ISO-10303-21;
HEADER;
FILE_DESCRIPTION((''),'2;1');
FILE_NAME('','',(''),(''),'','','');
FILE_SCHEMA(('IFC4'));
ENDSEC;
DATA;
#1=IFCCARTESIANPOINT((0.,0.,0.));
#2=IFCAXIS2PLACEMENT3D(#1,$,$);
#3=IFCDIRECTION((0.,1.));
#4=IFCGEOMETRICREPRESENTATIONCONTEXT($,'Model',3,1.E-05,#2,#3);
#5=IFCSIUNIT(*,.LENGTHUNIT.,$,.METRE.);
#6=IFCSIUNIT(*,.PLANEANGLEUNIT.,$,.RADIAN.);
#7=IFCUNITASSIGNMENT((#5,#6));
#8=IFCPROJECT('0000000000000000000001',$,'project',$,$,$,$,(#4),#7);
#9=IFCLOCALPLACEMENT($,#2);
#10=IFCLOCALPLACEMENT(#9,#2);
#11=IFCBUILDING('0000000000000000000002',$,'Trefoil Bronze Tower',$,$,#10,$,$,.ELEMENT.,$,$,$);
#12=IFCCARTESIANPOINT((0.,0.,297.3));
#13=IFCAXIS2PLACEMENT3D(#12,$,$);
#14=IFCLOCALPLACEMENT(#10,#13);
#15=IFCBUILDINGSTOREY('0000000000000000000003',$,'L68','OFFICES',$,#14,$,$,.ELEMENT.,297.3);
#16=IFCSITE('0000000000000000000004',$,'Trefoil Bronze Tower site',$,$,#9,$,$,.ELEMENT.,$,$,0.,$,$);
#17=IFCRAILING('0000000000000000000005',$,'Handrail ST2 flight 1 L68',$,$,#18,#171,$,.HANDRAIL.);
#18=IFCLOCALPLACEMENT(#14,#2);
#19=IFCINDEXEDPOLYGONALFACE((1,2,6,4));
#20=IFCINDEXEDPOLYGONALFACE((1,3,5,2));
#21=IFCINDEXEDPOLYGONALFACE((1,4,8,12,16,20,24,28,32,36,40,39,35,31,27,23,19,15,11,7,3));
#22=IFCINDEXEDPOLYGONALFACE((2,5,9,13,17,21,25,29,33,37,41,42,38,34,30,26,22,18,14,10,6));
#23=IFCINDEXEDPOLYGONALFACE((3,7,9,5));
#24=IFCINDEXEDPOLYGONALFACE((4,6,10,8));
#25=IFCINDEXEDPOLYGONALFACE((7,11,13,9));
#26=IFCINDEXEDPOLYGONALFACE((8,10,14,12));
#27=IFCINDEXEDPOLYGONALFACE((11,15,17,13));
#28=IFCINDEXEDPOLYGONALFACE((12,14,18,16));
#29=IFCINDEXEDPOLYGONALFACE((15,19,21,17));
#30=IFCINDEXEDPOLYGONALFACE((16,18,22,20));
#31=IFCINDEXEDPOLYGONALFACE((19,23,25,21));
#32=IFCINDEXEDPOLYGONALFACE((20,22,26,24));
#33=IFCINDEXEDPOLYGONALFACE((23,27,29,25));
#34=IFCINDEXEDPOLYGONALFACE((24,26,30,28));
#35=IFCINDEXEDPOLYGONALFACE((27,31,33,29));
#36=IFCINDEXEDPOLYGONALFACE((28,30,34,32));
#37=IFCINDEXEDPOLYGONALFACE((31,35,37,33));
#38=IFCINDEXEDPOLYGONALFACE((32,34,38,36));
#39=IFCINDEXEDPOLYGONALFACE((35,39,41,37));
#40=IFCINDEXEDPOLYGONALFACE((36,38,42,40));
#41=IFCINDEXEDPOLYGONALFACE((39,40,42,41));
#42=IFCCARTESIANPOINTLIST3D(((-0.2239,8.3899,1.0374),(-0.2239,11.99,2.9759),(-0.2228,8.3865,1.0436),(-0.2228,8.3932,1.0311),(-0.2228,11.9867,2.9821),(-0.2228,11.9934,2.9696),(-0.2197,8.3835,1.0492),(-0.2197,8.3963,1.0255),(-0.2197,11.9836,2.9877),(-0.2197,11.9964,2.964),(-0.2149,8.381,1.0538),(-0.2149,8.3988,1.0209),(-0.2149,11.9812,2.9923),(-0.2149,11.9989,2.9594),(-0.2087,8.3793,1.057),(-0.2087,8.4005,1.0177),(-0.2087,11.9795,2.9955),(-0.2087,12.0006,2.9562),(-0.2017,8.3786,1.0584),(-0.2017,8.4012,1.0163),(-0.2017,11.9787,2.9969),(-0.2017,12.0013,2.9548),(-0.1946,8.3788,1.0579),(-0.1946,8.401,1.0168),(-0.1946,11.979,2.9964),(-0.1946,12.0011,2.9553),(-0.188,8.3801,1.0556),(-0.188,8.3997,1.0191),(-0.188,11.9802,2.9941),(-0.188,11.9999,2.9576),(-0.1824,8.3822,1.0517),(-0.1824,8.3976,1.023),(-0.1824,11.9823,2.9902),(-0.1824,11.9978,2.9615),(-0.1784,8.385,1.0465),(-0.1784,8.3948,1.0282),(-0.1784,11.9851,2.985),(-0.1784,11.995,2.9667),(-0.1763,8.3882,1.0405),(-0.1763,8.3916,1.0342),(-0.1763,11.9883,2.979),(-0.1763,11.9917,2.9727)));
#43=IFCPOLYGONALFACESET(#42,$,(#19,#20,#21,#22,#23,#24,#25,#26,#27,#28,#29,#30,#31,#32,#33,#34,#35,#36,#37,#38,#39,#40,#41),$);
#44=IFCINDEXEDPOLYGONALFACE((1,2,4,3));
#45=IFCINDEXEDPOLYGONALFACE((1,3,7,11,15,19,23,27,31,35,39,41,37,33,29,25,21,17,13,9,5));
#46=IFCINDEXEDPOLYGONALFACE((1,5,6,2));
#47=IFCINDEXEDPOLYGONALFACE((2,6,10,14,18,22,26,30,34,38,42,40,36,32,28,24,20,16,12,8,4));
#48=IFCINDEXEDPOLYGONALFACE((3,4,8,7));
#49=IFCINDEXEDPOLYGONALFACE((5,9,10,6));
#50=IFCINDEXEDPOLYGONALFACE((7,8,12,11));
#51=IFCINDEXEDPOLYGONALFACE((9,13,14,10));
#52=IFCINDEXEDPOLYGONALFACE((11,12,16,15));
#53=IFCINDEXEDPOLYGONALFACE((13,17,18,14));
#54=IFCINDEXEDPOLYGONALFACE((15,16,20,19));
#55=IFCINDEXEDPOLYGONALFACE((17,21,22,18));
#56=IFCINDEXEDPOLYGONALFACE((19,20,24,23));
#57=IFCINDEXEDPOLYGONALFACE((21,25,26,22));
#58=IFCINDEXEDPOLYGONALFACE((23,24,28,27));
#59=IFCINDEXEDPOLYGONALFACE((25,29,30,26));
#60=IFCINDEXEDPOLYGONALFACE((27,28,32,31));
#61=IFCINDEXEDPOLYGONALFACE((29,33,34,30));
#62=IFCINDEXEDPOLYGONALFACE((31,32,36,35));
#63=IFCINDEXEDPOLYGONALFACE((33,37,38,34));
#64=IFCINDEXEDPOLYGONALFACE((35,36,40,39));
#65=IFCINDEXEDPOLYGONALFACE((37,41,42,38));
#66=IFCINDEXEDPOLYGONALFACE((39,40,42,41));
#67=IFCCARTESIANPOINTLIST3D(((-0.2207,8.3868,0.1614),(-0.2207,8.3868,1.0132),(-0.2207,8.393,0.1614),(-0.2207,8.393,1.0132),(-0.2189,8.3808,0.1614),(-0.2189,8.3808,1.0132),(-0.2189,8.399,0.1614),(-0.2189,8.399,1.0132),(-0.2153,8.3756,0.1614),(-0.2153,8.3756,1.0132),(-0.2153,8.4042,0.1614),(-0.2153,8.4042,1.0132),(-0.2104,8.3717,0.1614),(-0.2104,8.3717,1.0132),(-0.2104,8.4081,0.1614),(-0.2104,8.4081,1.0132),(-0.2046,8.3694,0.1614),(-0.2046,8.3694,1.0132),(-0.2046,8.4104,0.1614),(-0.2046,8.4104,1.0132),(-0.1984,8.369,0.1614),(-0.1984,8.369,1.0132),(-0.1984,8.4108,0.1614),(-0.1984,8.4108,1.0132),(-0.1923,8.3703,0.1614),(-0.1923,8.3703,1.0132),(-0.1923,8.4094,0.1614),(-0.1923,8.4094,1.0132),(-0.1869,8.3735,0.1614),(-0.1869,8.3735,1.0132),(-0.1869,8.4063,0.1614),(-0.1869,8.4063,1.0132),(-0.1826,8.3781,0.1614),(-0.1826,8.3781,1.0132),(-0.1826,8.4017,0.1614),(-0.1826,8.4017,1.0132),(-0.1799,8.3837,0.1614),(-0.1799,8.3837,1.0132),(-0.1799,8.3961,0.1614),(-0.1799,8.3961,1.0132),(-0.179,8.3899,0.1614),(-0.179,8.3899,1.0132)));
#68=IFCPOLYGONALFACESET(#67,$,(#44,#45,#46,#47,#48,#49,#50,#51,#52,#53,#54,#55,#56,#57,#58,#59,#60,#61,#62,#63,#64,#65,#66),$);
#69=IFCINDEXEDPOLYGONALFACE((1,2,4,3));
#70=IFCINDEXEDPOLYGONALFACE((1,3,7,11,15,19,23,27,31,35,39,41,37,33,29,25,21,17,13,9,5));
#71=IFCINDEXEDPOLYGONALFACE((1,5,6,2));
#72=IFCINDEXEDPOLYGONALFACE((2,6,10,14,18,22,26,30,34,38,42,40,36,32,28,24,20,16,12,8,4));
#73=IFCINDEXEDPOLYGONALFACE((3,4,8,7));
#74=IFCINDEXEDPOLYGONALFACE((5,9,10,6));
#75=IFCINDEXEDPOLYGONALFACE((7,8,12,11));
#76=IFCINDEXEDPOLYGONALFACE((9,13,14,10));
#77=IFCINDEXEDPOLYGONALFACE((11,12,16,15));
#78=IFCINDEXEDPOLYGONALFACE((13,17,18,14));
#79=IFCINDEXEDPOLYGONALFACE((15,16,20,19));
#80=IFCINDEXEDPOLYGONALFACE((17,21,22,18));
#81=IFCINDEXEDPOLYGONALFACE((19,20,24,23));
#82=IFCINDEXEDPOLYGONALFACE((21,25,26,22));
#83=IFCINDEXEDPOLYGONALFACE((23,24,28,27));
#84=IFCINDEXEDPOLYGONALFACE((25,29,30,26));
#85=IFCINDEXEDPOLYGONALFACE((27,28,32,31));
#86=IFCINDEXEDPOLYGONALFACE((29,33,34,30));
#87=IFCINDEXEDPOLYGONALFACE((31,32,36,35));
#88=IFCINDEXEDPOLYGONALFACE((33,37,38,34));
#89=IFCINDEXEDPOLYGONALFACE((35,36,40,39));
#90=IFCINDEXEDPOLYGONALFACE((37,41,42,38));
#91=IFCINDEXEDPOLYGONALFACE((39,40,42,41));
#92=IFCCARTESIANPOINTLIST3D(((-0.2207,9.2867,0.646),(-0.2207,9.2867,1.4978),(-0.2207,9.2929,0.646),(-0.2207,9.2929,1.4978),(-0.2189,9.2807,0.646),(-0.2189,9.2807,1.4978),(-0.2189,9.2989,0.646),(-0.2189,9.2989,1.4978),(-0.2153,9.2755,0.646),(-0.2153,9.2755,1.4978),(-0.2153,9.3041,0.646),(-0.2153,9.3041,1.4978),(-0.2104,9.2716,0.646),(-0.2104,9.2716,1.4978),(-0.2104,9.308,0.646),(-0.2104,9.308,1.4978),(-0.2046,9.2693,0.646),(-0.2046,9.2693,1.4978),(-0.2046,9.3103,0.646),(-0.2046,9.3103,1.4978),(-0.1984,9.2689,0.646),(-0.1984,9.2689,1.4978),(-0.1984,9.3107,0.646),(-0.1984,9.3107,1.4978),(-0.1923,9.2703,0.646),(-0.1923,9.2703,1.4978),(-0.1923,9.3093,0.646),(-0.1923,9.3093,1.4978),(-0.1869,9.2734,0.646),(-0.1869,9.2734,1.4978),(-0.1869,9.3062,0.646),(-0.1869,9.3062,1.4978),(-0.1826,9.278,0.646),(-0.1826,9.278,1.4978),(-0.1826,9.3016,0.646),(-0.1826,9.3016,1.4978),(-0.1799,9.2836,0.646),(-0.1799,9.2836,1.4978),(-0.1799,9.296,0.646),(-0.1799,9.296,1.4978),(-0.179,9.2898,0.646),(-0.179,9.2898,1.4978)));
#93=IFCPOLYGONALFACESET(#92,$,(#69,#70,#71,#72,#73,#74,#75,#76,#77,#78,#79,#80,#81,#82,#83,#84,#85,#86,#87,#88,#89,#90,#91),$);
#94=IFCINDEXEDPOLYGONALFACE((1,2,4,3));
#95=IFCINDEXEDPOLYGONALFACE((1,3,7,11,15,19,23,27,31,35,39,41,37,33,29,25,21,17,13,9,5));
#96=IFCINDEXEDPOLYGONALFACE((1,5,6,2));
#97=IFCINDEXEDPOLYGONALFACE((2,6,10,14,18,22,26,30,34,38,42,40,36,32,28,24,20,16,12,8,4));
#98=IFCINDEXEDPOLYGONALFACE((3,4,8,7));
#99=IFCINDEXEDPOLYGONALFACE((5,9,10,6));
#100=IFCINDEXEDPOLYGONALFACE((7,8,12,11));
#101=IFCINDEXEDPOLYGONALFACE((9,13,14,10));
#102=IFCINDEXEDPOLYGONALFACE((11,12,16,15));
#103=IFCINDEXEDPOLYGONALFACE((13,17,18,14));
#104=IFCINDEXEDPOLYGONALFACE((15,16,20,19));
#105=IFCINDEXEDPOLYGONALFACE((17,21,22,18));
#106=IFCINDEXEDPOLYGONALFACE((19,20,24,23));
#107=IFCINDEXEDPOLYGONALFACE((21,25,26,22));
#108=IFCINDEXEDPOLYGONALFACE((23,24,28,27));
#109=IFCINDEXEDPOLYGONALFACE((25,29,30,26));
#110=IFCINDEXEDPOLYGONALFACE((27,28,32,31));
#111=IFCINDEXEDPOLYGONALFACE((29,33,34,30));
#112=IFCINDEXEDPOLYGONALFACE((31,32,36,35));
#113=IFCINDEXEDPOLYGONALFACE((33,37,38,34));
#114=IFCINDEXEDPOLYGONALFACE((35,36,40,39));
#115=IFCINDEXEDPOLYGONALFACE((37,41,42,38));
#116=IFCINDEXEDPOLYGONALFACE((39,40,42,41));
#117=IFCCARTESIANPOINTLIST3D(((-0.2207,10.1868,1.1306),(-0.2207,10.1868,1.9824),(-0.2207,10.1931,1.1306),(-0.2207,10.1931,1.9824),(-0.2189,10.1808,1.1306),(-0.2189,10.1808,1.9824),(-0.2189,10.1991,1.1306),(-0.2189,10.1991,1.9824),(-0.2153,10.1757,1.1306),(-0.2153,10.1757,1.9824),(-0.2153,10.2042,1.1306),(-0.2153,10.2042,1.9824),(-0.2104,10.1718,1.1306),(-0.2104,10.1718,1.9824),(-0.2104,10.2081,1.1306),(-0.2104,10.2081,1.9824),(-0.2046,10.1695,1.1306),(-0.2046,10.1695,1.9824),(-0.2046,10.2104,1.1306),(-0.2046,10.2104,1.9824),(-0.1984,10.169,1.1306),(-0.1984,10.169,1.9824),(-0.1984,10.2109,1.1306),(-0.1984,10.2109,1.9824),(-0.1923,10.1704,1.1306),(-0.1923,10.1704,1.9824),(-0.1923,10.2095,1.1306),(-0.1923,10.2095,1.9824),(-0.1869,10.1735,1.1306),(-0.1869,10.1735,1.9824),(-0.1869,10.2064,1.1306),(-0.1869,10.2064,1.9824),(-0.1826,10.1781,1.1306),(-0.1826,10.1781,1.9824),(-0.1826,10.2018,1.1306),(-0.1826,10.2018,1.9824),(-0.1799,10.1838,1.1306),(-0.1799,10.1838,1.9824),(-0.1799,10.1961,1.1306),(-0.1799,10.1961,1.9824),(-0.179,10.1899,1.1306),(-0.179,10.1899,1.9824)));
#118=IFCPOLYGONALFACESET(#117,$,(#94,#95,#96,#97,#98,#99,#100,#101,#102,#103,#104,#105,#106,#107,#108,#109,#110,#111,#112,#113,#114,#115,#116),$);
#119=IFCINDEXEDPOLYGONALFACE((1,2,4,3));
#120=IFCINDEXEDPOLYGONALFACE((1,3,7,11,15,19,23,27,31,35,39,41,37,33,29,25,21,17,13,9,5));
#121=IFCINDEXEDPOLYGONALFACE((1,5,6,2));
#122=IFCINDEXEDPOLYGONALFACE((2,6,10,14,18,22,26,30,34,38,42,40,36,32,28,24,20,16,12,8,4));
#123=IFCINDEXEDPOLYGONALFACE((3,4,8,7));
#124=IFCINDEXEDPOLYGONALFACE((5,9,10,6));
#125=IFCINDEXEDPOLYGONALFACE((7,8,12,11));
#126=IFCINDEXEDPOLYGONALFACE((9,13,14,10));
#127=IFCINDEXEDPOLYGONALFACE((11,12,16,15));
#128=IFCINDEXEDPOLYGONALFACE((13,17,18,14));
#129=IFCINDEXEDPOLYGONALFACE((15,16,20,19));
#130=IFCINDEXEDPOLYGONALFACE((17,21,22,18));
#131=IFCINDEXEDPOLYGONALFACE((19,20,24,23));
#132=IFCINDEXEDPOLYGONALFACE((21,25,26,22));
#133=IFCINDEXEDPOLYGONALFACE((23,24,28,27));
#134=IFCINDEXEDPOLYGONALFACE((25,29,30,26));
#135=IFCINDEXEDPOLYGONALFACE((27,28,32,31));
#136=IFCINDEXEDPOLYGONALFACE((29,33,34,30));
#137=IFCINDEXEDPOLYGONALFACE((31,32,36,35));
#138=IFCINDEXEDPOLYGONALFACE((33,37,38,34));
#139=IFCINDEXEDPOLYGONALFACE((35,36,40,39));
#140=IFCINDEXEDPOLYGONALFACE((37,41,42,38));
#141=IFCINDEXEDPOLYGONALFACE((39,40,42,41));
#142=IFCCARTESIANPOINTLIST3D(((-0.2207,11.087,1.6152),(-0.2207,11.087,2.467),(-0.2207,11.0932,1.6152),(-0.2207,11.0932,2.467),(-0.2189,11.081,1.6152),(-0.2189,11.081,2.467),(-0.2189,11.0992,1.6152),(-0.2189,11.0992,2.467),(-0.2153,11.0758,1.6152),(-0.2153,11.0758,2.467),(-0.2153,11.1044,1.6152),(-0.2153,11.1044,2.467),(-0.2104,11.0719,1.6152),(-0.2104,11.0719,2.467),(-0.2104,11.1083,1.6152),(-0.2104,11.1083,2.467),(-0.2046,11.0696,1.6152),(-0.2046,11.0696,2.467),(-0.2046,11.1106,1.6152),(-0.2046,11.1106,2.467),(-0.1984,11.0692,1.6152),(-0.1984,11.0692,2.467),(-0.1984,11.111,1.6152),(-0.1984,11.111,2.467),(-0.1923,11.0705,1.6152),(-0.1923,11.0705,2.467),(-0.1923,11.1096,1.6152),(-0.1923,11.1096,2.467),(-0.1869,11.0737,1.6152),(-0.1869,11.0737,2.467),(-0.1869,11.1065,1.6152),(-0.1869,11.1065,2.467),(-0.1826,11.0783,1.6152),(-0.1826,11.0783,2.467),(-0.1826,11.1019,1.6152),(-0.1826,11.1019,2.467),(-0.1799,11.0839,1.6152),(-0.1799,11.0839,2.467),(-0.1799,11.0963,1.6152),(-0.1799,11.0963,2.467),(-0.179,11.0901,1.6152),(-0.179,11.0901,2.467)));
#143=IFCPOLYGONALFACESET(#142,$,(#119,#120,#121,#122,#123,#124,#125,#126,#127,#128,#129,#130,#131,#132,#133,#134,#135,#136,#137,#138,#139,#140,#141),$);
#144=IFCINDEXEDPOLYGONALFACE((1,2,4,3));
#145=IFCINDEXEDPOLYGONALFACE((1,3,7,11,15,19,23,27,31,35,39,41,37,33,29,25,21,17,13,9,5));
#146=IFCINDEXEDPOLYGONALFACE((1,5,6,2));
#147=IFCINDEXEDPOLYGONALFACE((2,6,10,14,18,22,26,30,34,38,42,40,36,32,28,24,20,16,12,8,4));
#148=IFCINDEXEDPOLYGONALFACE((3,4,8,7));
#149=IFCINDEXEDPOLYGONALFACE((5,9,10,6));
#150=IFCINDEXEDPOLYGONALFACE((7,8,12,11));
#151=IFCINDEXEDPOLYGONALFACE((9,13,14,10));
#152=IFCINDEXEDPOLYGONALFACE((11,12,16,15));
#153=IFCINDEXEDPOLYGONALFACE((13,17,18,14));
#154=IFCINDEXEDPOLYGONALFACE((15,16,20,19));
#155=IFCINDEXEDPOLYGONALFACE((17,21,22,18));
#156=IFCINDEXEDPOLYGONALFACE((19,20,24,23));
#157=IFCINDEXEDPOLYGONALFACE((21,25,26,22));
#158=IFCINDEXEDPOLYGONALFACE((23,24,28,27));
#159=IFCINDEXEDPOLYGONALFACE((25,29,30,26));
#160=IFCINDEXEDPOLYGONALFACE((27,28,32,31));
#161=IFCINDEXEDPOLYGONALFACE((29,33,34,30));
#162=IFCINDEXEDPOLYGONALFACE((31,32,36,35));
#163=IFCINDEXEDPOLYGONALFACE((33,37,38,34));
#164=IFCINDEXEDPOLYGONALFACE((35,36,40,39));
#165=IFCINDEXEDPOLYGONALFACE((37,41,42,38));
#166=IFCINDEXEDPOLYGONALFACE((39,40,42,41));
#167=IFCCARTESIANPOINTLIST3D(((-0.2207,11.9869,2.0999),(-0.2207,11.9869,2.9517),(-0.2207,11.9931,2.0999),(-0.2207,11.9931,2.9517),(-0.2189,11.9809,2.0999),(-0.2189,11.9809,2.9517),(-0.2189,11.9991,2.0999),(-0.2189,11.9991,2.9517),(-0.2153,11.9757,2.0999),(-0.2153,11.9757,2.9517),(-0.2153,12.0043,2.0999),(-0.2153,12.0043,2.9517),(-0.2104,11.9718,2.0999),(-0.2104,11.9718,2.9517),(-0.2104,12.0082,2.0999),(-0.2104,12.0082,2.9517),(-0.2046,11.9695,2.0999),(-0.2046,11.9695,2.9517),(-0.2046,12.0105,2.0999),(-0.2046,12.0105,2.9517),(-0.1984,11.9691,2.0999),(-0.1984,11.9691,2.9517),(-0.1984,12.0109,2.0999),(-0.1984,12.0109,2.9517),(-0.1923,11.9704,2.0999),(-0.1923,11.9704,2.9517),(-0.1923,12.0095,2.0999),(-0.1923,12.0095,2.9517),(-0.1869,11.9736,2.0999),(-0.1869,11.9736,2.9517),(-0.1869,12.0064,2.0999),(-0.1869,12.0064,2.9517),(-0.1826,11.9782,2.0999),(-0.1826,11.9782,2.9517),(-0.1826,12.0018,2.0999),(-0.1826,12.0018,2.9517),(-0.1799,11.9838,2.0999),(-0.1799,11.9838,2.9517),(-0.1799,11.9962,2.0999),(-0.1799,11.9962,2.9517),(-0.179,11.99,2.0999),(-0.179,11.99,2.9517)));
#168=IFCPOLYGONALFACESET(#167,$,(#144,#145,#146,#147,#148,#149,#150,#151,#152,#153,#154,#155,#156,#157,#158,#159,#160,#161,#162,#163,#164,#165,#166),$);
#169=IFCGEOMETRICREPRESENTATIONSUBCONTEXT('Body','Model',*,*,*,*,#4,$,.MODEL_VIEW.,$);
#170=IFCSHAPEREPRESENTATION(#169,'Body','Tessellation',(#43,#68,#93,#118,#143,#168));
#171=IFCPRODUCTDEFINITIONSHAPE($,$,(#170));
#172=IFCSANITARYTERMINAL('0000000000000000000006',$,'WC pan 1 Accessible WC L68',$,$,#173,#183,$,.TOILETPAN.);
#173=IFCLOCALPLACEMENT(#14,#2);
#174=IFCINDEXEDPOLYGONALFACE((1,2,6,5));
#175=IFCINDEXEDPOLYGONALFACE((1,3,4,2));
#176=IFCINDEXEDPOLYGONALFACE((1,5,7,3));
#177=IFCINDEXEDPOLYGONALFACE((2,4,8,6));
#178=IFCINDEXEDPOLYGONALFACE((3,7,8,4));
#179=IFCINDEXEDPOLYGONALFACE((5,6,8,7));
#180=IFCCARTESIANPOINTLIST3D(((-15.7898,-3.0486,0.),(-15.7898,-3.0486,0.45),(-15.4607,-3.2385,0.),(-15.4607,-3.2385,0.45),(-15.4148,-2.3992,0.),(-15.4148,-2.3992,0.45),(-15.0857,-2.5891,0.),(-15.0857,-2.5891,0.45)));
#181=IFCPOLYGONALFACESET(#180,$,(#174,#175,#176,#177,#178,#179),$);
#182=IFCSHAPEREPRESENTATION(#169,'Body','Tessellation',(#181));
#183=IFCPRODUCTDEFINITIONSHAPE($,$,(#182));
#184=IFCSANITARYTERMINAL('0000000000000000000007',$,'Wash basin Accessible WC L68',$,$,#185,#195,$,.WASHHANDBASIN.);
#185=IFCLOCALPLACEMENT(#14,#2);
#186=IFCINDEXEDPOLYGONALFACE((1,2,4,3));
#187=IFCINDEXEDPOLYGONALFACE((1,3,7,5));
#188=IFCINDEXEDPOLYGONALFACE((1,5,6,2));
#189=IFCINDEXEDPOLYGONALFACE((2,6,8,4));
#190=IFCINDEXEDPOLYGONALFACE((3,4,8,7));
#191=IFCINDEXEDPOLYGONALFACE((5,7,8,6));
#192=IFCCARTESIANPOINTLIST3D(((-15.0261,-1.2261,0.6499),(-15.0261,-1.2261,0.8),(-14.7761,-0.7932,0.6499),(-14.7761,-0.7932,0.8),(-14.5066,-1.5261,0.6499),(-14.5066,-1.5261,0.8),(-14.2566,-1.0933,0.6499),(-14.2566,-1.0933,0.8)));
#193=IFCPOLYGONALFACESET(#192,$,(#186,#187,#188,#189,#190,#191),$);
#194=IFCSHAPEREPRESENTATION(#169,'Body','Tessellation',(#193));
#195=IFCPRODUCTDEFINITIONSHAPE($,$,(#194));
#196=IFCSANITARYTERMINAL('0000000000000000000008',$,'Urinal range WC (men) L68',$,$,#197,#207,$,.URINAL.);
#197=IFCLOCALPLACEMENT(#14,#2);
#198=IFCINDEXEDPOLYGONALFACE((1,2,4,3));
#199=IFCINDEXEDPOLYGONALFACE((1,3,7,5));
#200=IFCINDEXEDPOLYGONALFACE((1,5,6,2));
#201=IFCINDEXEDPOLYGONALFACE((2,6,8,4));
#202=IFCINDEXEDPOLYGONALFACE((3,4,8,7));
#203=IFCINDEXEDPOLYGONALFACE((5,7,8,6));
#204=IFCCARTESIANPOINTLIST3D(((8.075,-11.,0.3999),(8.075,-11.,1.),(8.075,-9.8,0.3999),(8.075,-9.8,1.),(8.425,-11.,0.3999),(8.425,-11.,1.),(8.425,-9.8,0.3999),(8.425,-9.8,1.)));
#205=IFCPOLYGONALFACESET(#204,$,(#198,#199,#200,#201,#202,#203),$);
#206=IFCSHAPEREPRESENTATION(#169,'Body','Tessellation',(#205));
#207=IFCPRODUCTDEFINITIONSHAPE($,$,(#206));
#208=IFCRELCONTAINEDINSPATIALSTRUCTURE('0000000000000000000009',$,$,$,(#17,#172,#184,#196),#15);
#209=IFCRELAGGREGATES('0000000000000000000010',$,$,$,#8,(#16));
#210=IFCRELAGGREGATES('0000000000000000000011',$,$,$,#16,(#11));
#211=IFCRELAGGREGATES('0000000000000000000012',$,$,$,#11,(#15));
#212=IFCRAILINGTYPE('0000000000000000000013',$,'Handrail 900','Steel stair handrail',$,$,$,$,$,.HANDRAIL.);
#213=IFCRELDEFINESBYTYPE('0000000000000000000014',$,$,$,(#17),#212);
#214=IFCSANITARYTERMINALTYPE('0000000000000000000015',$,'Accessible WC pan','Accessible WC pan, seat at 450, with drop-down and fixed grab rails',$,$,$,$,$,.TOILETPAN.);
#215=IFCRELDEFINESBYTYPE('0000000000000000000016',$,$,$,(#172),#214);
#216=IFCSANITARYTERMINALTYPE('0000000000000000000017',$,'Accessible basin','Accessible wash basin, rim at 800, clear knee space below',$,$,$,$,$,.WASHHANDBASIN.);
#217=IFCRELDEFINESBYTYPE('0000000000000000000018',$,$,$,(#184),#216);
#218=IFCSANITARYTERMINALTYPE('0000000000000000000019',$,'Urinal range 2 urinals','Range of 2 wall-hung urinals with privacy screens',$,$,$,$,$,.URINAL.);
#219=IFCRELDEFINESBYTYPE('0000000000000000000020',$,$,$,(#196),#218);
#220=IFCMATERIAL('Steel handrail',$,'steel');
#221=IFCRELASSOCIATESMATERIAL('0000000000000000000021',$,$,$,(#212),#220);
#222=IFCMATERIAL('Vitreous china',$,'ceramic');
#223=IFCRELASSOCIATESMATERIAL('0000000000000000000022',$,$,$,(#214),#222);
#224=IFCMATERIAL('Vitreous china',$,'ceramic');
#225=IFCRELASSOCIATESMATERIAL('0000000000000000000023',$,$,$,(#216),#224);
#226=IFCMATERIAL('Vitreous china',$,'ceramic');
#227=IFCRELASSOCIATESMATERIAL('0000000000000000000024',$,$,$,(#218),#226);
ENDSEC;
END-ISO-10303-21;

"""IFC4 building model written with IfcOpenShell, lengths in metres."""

from ifc_helpers import new_model, si_unit, direction, frame, origin, origin_2d, place, context, subcontext, project, spatial, polyline, circle, outline, extrude, material, type_object, element, save


model = new_model("IFC4")

# Units and contexts
model_context = context("Model", 3, precision=1e-05, world=origin(), true_north=direction((0.0, 1.0)))
body_context = subcontext(model_context, "Body", "Model", "MODEL_VIEW")
ifc_project = project(units=[si_unit("LENGTHUNIT", "METRE"), si_unit("PLANEANGLEUNIT", "RADIAN")], contexts=[model_context])

# Site, building, storey
site_placement = place(None, origin())
site = spatial("IfcSite", under=ifc_project, at=site_placement, Name="Trefoil Bronze Tower site", CompositionType="ELEMENT", RefElevation=0.0)
building_placement = place(site_placement, origin())
building = spatial("IfcBuilding", under=site, at=building_placement, Name="Trefoil Bronze Tower", CompositionType="ELEMENT")
storey_placement = place(building_placement, frame((0.0, 0.0, 297.3)))
storey = spatial("IfcBuildingStorey", under=building, at=storey_placement, Name="L68", Description="OFFICES", CompositionType="ELEMENT", Elevation=297.3)

# Railing
ifc_material_1 = material(Name="Steel handrail", Category="steel")
railing_type = type_object("IfcRailingType", Name="Handrail 900", Description="Steel stair handrail", PredefinedType="HANDRAIL", material=ifc_material_1)
railing_placement = place(storey_placement, frame((-0.2, 8.3899, 0.1614)))
element("IfcRailing", 1, at=railing_placement, inside=storey, type_object=railing_type, Name="Handrail ST2 flight 1 L68", PredefinedType="HANDRAIL", context=body_context, shape_type="SweptSolid", body=[
    extrude(circle(Radius=0.0239, at=origin_2d()), frame((0.0, 0.0, 0.876), z_axis=(0.0, 0.880475, 0.474093), x_axis=(-1.0, 0.0, 0.0)), (0.0, 0.0, 1.0), 4.0889),
    extrude(circle(Radius=0.021, at=origin_2d()), origin(), (0.0, 0.0, 1.0), 0.8518),
    extrude(circle(Radius=0.021, at=origin_2d()), frame((0.0, 0.8999, 0.4846)), (0.0, 0.0, 1.0), 0.8518),
    extrude(circle(Radius=0.021, at=origin_2d()), frame((0.0, 1.8, 0.9692)), (0.0, 0.0, 1.0), 0.8518),
    extrude(circle(Radius=0.021, at=origin_2d()), frame((0.0, 2.7002, 1.4539)), (0.0, 0.0, 1.0), 0.8518),
    extrude(circle(Radius=0.021, at=origin_2d()), frame((0.0, 3.6001, 1.9385)), (0.0, 0.0, 1.0), 0.8518),
])

# Sanitary terminals
ifc_material_2 = material(Name="Vitreous china", Category="ceramic")
sanitary_terminal_type_1 = type_object("IfcSanitaryTerminalType", Name="Accessible WC pan", Description="Accessible WC pan, seat at 450, with drop-down and fixed grab rails", PredefinedType="TOILETPAN", material=ifc_material_2)
sanitary_terminal_1_placement = place(storey_placement, origin())
element("IfcSanitaryTerminal", 2, at=sanitary_terminal_1_placement, inside=storey, type_object=sanitary_terminal_type_1, Name="WC pan 1 Accessible WC L68", PredefinedType="TOILETPAN", context=body_context, shape_type="SweptSolid", body=[
    extrude(outline(polyline([(-15.0857, -2.5891), (-15.4607, -3.2385), (-15.7898, -3.0486), (-15.4148, -2.3992), (-15.0857, -2.5891)])), origin(), (0.0, 0.0, 1.0), 0.45),
])
ifc_material_3 = material(Name="Vitreous china", Category="ceramic")
sanitary_terminal_type_2 = type_object("IfcSanitaryTerminalType", Name="Accessible basin", Description="Accessible wash basin, rim at 800, clear knee space below", PredefinedType="WASHHANDBASIN", material=ifc_material_3)
sanitary_terminal_2_placement = place(storey_placement, frame((0.0, 0.0, 0.6499)))
element("IfcSanitaryTerminal", 3, at=sanitary_terminal_2_placement, inside=storey, type_object=sanitary_terminal_type_2, Name="Wash basin Accessible WC L68", PredefinedType="WASHHANDBASIN", context=body_context, shape_type="SweptSolid", body=[
    extrude(outline(polyline([(-14.2566, -1.0933), (-14.5066, -1.5261), (-15.0261, -1.2261), (-14.7761, -0.7932), (-14.2566, -1.0933)])), origin(), (0.0, 0.0, 1.0), 0.1501),
])
ifc_material_4 = material(Name="Vitreous china", Category="ceramic")
sanitary_terminal_type_3 = type_object("IfcSanitaryTerminalType", Name="Urinal range 2 urinals", Description="Range of 2 wall-hung urinals with privacy screens", PredefinedType="URINAL", material=ifc_material_4)
sanitary_terminal_3_placement = place(storey_placement, frame((0.0, 0.0, 0.3999)))
element("IfcSanitaryTerminal", 4, at=sanitary_terminal_3_placement, inside=storey, type_object=sanitary_terminal_type_3, Name="Urinal range WC (men) L68", PredefinedType="URINAL", context=body_context, shape_type="SweptSolid", body=[
    extrude(outline(polyline([(8.075, -9.8), (8.425, -9.8), (8.425, -11.0), (8.075, -11.0), (8.075, -9.8)])), origin(), (0.0, 0.0, 1.0), 0.6001),
])

save(model, "model.ifc")
